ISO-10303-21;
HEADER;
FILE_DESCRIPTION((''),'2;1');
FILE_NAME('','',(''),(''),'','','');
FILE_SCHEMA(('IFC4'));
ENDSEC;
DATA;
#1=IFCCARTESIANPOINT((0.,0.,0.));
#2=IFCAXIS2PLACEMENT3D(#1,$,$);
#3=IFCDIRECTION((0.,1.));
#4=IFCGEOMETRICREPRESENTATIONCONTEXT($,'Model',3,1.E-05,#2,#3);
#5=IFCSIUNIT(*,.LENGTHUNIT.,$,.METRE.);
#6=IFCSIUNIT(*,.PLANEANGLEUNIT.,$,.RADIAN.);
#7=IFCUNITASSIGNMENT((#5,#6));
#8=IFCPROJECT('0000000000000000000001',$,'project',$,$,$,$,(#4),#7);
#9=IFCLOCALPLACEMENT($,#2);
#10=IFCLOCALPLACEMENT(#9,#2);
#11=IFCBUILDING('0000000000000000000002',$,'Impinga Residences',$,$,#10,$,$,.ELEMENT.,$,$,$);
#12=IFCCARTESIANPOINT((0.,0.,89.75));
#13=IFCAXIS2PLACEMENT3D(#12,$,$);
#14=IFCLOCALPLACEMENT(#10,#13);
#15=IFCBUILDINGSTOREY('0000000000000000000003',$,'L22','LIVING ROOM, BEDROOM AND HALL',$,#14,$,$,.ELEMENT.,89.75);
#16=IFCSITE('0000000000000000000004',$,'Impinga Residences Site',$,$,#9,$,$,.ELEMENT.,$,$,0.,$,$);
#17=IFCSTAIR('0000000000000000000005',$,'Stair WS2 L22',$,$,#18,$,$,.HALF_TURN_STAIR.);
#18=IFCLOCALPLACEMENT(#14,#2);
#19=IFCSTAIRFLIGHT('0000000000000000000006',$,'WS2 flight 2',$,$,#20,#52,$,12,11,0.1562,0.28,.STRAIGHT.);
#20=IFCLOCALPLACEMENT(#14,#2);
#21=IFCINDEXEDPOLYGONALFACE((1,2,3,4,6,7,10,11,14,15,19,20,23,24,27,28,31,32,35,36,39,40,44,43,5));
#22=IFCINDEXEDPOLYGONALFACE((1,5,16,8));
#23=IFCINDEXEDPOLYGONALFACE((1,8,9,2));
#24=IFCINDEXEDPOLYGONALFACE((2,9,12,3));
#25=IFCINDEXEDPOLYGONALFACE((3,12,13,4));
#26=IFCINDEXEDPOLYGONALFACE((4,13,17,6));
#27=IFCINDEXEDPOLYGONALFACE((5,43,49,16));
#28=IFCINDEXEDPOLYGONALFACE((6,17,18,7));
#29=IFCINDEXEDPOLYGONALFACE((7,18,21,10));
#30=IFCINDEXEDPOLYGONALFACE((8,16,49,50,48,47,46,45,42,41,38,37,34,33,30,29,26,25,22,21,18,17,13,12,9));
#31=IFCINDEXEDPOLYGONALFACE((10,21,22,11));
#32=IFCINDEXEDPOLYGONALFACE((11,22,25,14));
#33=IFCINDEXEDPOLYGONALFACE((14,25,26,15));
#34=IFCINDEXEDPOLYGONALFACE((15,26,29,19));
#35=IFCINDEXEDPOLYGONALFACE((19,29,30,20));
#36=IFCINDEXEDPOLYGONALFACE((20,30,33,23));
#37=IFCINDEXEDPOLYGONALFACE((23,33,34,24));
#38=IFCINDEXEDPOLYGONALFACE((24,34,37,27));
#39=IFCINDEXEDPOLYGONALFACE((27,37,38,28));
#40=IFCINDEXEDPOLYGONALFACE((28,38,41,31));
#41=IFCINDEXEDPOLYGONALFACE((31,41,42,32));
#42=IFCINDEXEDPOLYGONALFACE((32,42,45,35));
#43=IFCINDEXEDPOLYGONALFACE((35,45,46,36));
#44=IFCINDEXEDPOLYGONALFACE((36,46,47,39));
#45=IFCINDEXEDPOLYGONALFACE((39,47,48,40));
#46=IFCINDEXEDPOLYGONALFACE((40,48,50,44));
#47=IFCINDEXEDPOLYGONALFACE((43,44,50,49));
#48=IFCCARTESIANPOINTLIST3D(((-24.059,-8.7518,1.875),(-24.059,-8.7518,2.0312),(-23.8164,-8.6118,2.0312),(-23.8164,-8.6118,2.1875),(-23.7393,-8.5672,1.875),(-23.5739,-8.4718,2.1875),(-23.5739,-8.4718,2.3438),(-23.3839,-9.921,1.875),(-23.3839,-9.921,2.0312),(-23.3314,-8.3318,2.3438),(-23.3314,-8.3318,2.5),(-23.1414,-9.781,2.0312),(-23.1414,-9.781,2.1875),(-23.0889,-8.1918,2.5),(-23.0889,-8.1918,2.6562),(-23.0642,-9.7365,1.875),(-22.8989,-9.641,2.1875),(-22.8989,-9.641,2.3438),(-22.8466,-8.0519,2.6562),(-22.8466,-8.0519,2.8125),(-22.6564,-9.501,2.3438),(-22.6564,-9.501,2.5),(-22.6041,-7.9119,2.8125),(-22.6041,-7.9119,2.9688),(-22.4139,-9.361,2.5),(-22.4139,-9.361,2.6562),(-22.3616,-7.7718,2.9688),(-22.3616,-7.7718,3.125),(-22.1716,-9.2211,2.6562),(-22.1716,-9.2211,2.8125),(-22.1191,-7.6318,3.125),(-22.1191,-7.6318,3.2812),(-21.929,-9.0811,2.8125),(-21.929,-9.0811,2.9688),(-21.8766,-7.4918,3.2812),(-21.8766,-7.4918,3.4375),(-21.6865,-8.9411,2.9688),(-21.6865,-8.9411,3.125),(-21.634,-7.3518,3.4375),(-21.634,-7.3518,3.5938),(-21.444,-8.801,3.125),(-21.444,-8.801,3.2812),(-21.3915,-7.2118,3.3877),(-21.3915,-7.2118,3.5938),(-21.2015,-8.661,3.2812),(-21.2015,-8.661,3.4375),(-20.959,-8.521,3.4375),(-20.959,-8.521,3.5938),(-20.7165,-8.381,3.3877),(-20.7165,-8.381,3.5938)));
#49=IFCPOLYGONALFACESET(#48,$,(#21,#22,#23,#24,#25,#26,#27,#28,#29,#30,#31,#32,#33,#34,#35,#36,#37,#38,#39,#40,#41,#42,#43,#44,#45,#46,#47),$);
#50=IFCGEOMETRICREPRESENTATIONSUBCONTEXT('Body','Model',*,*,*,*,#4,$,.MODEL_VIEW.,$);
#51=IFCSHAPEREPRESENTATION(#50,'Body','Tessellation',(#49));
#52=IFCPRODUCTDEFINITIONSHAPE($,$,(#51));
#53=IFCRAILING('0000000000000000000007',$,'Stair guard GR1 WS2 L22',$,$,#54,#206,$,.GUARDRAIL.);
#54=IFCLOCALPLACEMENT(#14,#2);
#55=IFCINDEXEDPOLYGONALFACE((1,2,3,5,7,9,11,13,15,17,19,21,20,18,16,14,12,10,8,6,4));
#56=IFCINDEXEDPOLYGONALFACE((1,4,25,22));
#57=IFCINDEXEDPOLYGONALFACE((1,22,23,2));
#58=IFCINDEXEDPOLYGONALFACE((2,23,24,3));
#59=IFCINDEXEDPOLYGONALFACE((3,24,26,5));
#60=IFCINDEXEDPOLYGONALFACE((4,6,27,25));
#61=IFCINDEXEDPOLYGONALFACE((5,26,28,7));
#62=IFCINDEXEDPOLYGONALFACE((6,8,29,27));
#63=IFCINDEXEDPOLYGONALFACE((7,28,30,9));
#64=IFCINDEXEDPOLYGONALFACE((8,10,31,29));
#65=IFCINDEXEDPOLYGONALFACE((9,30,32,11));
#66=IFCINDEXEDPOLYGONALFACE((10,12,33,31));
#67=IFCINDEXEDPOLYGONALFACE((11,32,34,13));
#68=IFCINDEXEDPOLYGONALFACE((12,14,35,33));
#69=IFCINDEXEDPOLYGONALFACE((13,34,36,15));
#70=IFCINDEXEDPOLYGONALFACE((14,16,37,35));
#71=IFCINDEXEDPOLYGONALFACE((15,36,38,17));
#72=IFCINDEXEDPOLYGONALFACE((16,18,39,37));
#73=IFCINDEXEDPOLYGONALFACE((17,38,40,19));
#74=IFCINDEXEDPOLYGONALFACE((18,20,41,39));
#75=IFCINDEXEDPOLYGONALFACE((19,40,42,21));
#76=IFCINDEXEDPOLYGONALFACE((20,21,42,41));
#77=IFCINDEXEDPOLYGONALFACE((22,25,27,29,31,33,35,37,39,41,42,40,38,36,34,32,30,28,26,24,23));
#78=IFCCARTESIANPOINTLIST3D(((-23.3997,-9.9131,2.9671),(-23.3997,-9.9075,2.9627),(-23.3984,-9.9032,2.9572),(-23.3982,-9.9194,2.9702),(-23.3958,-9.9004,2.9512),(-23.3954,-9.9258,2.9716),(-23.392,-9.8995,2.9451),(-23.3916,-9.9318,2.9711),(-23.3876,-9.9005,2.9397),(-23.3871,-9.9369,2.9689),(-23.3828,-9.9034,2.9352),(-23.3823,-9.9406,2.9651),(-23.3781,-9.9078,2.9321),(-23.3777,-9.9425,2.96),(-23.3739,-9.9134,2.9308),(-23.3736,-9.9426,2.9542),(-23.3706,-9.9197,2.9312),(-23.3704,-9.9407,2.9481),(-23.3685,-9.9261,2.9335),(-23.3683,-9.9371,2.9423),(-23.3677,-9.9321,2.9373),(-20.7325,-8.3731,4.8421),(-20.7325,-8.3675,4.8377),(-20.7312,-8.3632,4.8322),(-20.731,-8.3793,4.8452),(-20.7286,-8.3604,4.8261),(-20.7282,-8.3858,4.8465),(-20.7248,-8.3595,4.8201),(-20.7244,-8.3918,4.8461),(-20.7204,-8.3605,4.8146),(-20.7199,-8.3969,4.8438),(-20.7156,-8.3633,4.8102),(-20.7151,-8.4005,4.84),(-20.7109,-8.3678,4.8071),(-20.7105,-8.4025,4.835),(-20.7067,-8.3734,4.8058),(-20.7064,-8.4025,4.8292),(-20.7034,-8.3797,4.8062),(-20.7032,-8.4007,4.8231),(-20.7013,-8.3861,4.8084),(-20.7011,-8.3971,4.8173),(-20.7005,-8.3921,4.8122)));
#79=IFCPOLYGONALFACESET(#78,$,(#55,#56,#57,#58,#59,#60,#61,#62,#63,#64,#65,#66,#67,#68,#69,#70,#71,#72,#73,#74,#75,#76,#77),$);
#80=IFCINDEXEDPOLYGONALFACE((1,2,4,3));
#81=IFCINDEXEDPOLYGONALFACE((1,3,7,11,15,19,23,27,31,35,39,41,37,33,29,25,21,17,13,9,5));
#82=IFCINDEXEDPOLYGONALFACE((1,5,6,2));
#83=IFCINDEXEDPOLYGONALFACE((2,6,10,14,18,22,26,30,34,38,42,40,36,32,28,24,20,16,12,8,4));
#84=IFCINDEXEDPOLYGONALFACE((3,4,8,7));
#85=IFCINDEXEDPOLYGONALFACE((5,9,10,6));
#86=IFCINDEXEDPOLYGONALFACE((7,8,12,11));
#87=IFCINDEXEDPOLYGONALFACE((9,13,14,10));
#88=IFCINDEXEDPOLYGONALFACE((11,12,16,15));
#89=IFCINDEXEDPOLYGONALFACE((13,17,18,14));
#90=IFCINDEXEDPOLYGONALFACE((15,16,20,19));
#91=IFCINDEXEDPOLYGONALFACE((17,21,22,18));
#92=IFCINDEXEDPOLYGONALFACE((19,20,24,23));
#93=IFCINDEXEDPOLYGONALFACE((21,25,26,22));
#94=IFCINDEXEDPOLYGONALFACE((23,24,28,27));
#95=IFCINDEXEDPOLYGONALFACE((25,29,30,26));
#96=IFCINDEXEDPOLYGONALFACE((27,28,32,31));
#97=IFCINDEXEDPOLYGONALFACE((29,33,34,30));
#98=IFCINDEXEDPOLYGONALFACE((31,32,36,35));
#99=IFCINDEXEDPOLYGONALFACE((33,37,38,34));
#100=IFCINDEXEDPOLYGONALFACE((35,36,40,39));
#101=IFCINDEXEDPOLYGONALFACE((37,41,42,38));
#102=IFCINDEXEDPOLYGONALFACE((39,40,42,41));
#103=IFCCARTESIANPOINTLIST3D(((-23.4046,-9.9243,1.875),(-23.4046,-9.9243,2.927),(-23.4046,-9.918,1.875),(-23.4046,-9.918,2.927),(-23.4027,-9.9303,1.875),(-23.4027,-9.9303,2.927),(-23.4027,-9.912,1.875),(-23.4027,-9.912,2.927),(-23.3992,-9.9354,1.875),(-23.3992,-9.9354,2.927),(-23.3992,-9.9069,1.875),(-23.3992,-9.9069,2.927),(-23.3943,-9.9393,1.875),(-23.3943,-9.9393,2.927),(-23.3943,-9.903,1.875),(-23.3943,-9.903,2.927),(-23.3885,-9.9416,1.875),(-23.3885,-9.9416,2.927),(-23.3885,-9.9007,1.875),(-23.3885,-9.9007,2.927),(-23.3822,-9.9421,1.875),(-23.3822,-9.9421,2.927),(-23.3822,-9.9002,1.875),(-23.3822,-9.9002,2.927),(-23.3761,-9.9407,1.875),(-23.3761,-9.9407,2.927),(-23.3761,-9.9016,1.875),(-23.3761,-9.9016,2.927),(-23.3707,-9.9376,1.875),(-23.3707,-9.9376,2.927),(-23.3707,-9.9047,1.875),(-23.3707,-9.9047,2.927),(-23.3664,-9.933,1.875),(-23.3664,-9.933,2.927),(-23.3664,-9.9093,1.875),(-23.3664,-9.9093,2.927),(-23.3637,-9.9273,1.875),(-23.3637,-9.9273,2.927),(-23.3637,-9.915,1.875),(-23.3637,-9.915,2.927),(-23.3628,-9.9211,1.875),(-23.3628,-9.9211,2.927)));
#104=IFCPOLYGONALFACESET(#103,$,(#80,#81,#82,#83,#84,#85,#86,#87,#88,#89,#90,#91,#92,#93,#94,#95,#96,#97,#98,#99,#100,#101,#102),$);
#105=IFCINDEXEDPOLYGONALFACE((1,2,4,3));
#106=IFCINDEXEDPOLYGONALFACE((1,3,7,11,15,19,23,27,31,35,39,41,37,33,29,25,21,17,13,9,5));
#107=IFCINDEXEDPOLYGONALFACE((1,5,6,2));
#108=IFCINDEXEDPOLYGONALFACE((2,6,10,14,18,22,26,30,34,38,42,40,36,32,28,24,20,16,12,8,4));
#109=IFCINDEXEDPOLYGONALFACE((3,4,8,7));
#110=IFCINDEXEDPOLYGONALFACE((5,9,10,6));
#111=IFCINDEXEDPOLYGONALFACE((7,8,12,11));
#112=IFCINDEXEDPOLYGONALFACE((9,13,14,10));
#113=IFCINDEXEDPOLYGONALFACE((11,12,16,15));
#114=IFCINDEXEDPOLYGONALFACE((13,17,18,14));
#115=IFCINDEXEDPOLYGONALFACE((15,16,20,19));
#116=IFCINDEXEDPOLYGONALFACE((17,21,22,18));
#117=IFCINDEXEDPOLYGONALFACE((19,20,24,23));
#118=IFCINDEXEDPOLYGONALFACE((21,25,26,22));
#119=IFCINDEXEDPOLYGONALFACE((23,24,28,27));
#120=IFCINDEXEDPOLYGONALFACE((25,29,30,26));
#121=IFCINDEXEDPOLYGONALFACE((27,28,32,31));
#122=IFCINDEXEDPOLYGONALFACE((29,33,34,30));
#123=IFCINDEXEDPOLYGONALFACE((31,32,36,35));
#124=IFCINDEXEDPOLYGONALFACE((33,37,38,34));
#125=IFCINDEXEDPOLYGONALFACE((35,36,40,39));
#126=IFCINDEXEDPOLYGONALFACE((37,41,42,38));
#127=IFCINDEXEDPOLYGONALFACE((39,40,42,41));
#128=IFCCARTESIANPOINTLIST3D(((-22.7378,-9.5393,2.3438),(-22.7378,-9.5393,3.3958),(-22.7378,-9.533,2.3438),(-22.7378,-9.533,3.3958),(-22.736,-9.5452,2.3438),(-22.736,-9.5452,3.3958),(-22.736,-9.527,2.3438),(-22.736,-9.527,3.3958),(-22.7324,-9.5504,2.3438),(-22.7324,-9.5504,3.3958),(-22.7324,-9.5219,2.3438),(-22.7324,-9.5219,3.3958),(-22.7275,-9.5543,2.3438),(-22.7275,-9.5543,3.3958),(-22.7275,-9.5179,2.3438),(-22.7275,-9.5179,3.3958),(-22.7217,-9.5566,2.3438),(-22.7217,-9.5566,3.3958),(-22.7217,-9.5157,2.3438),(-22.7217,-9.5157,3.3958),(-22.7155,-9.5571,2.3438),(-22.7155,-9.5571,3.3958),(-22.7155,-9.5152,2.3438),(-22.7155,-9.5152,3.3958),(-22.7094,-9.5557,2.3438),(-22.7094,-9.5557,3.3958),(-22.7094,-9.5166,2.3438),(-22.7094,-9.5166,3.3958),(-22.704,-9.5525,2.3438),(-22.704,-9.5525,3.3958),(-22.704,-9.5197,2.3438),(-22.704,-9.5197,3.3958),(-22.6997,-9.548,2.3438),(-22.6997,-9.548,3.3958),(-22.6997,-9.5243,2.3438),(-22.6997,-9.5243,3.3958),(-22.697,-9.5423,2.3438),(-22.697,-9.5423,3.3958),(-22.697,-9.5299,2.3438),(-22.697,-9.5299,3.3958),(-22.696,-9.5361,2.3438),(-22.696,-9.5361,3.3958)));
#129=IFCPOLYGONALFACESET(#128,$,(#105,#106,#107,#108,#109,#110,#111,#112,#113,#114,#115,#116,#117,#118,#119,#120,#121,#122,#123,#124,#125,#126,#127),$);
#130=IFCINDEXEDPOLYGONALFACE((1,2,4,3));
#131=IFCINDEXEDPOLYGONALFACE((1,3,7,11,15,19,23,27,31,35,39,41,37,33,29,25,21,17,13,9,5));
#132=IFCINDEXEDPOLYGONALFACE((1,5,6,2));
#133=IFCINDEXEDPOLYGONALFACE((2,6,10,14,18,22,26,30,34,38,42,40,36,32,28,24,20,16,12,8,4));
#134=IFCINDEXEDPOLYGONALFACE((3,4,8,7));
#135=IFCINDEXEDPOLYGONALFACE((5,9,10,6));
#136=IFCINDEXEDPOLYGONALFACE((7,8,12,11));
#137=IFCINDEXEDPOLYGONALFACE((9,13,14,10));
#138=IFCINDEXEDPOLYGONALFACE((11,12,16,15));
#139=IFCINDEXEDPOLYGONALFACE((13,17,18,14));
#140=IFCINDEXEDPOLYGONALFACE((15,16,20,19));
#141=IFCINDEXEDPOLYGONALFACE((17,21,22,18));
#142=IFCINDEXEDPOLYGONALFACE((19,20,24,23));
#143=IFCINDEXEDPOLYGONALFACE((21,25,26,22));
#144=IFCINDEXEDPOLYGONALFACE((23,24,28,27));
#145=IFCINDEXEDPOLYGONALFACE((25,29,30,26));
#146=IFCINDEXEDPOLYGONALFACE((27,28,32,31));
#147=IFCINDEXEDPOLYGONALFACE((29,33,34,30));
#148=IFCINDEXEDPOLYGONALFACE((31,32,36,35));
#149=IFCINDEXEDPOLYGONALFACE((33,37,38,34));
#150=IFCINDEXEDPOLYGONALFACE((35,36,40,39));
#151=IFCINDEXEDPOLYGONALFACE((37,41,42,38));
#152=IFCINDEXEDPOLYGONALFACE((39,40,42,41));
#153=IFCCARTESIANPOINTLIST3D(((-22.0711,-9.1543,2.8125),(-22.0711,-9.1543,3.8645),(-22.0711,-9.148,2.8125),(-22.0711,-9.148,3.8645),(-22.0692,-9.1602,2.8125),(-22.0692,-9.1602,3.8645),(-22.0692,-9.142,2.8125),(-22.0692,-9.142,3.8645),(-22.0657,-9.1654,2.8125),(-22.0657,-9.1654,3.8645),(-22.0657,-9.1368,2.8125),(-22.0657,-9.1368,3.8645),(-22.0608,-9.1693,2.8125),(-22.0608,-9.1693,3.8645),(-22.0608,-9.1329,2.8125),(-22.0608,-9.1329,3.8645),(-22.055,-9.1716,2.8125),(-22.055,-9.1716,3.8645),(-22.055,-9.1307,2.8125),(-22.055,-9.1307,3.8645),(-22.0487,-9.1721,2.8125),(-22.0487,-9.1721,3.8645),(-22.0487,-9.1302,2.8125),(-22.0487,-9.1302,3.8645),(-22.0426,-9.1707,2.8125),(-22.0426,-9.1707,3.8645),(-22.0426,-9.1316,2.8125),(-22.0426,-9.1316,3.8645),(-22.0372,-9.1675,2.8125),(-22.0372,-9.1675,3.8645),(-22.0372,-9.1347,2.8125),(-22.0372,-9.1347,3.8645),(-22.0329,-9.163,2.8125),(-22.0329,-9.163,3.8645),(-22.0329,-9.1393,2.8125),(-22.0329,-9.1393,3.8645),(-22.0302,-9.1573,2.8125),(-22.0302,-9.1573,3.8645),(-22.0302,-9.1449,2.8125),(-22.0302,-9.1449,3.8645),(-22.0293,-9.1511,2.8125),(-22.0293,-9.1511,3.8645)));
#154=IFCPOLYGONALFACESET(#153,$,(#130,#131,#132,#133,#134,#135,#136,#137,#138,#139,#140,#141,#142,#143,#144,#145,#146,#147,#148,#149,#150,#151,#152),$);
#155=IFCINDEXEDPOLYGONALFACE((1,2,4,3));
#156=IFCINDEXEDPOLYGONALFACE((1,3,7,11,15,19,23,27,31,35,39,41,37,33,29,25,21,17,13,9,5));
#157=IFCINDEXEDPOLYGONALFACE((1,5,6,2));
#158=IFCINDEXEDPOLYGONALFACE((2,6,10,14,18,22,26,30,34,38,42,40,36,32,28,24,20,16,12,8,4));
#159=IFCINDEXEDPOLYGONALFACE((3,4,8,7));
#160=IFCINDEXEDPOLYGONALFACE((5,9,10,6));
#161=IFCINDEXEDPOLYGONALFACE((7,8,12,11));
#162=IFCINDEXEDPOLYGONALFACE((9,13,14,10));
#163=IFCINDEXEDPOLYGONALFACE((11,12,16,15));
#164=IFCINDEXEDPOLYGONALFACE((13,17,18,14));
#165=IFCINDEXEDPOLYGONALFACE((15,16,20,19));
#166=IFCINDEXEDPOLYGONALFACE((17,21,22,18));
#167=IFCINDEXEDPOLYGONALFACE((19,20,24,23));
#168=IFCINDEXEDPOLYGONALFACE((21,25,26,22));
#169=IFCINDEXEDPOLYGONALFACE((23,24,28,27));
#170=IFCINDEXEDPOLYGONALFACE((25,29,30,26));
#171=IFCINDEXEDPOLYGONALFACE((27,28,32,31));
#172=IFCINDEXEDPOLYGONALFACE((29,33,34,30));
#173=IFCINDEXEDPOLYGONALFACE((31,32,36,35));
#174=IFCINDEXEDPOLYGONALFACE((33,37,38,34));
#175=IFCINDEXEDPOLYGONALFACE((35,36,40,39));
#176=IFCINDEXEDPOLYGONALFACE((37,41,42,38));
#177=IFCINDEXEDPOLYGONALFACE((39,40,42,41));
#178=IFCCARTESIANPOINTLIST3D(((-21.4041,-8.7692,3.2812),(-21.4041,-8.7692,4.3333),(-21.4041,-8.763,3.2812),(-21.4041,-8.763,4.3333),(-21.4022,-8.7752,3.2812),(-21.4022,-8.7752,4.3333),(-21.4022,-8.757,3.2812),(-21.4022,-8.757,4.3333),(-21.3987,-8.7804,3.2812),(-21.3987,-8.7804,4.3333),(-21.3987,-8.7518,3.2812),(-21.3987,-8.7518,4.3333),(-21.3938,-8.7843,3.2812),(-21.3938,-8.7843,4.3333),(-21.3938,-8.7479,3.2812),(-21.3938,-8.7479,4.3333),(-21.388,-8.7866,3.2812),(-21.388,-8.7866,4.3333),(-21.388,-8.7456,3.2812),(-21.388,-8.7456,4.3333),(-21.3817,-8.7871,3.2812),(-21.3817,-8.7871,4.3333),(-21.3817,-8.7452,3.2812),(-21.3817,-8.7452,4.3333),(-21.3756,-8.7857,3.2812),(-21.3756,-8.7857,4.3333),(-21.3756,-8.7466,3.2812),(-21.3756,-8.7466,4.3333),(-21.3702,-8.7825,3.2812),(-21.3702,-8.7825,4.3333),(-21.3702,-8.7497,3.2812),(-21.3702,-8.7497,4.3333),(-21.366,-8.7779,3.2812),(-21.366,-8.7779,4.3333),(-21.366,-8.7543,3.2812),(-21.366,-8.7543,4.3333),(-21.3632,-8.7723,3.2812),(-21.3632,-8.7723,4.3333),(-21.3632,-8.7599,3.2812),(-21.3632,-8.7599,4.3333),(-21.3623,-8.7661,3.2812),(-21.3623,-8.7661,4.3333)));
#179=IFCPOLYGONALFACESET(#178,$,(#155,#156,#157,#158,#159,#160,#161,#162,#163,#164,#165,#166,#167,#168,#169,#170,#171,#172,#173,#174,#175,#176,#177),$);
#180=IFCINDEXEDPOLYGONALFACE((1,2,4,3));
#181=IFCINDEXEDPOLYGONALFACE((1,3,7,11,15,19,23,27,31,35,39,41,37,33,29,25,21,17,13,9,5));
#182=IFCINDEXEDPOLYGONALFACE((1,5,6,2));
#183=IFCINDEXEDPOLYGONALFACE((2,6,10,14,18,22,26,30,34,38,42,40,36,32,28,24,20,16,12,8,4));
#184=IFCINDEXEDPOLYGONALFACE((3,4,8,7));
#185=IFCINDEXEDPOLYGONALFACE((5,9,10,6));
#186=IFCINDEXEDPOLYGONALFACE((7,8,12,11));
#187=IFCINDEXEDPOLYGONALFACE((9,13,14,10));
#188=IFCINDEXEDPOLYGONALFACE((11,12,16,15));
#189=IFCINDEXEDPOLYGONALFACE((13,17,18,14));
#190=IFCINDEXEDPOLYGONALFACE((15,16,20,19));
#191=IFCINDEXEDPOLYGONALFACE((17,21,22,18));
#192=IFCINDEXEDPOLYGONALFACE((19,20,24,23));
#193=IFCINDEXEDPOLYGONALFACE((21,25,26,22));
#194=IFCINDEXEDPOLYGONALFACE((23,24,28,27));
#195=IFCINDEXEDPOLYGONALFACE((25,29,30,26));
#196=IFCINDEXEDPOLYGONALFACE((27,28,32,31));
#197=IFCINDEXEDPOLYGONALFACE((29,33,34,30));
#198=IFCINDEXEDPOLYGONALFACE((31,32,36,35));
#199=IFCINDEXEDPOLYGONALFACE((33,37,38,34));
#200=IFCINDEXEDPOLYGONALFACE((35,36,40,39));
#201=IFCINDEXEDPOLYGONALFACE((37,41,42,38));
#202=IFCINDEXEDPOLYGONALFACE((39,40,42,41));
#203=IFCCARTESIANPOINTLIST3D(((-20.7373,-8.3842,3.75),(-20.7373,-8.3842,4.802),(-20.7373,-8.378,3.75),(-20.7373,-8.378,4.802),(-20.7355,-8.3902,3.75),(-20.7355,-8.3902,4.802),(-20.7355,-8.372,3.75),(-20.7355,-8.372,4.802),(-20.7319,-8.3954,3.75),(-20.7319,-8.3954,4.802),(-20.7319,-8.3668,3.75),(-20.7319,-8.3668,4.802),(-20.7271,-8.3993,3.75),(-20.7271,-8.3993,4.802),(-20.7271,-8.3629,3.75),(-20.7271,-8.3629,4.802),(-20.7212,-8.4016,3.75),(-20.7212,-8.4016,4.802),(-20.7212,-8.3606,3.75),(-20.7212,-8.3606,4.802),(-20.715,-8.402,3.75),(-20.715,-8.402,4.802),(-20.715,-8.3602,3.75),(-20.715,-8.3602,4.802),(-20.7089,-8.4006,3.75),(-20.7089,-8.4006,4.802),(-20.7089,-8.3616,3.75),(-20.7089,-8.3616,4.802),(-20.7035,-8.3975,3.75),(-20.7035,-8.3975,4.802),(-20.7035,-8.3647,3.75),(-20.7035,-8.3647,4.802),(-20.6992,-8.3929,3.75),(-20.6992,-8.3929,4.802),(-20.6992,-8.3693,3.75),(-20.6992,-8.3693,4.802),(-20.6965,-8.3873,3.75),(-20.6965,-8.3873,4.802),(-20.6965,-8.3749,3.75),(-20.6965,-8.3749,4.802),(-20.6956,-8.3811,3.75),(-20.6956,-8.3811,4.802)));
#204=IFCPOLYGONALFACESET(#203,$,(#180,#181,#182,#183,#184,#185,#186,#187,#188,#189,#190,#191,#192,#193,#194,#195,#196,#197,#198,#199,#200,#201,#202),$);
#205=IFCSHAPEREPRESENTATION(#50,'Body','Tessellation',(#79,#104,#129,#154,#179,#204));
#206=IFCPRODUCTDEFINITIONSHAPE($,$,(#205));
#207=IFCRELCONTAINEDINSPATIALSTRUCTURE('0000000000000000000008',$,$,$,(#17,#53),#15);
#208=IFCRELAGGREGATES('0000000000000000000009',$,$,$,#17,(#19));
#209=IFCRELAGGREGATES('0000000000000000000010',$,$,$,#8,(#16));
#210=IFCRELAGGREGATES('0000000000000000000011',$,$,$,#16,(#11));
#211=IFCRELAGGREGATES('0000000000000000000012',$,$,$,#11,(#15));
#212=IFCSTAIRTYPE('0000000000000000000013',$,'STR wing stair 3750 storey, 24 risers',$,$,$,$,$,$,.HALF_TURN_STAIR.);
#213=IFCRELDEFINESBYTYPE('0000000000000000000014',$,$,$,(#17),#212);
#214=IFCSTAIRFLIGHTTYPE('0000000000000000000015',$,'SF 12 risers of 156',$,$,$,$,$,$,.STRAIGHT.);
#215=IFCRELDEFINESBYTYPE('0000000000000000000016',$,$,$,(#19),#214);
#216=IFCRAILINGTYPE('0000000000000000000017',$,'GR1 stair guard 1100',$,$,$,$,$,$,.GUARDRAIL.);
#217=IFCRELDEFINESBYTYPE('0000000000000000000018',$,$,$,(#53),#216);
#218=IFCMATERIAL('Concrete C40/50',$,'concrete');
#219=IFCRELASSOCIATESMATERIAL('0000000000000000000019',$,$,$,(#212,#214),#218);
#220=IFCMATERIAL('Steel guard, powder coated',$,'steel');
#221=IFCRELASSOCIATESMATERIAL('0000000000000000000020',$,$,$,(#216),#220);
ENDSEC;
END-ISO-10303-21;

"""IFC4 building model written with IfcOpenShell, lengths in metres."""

from ifc_helpers import new_model, si_unit, direction, frame, origin, origin_2d, place, context, subcontext, project, spatial, polyline, circle, outline, extrude, material, type_object, element, aggregate, save


model = new_model("IFC4")

# Units and contexts
model_context = context("Model", 3, precision=1e-05, world=origin(), true_north=direction((0.0, 1.0)))
body_context = subcontext(model_context, "Body", "Model", "MODEL_VIEW")
ifc_project = project(units=[si_unit("LENGTHUNIT", "METRE"), si_unit("PLANEANGLEUNIT", "RADIAN")], contexts=[model_context])

# Site, building, storey
site_placement = place(None, origin())
site = spatial("IfcSite", under=ifc_project, at=site_placement, Name="Impinga Residences Site", CompositionType="ELEMENT", RefElevation=0.0)
building_placement = place(site_placement, origin())
building = spatial("IfcBuilding", under=site, at=building_placement, Name="Impinga Residences", CompositionType="ELEMENT")
storey_placement = place(building_placement, frame((0.0, 0.0, 89.75)))
storey = spatial("IfcBuildingStorey", under=building, at=storey_placement, Name="L22", Description="LIVING ROOM, BEDROOM AND HALL", CompositionType="ELEMENT", Elevation=89.75)

# Stair, stair flight
ifc_material_1 = material(Name="Concrete C40/50", Category="concrete")
stair_type = type_object("IfcStairType", Name="STR wing stair 3750 storey, 24 risers", PredefinedType="HALF_TURN_STAIR", material=ifc_material_1)
stair_placement = place(storey_placement, origin())
stair = element("IfcStair", 1, at=stair_placement, inside=storey, type_object=stair_type, Name="Stair WS2 L22", PredefinedType="HALF_TURN_STAIR")
stair_flight_type = type_object("IfcStairFlightType", Name="SF 12 risers of 156", PredefinedType="STRAIGHT", material=ifc_material_1)
stair_flight_1_placement = place(storey_placement, frame((-23.7214, -9.3364, 1.875), z_axis=(0.0, 0.0, 1.0), x_axis=(0.866025, 0.5, 0.0)))
stair_flight_1 = element("IfcStairFlight", 2, at=stair_flight_1_placement, type_object=stair_flight_type, Name="WS2 flight 2", NumberOfRisers=12, NumberOfTreads=11, PredefinedType="STRAIGHT", RiserHeight=0.1562, TreadLength=0.28, context=body_context, shape_type="SweptSolid", body=[
    extrude(outline(polyline([(0.0, 0.0), (0.0, 0.1562), (0.28, 0.1562), (0.28, 0.3125), (0.5601, 0.3125), (0.5601, 0.4688), (0.8401, 0.4688), (0.8401, 0.625), (1.1201, 0.625), (1.1201, 0.7812), (1.3999, 0.7812), (1.3999, 0.9375), (1.6799, 0.9375), (1.6799, 1.0938), (1.96, 1.0938), (1.96, 1.25), (2.24, 1.25), (2.24, 1.4062), (2.52, 1.4062), (2.52, 1.5625), (2.8, 1.5625), (2.8, 1.7188), (3.0801, 1.7188), (3.0801, 1.875), (3.0801, 1.5127), (0.3691, 0.0), (0.0, 0.0)])), frame((0.0, 0.675, 0.0), z_axis=(0.0, -1.0, 0.0), x_axis=(1.0, 0.0, 0.0)), (0.0, 0.0, 1.0), 1.3501),
])
aggregate(stair, [stair_flight_1])

# Railing
ifc_material_2 = material(Name="Steel guard, powder coated", Category="steel")
railing_type_1 = type_object("IfcRailingType", Name="GR1 stair guard 1100", PredefinedType="GUARDRAIL", material=ifc_material_2)
railing_1_placement = place(storey_placement, frame((-23.3838, -9.9211, 1.875)))
element("IfcRailing", 3, at=railing_1_placement, inside=storey, type_object=railing_type_1, Name="Stair guard GR1 WS2 L22", PredefinedType="GUARDRAIL", context=body_context, shape_type="SweptSolid", body=[
    extrude(circle(Radius=0.0239, at=origin_2d()), frame((0.0, 0.0, 1.0762), z_axis=(0.739716, 0.427105, 0.520002), x_axis=(-0.500027, 0.86601, 0.0)), (0.0, 0.0, 1.0), 3.6057),
    extrude(circle(Radius=0.021, at=origin_2d()), origin(), (0.0, 0.0, 1.0), 1.052),
    extrude(circle(Radius=0.021, at=origin_2d()), frame((0.6667, 0.385, 0.4688)), (0.0, 0.0, 1.0), 1.052),
    extrude(circle(Radius=0.021, at=origin_2d()), frame((1.3335, 0.77, 0.9375)), (0.0, 0.0, 1.0), 1.052),
    extrude(circle(Radius=0.021, at=origin_2d()), frame((2.0005, 1.155, 1.4062)), (0.0, 0.0, 1.0), 1.052),
    extrude(circle(Radius=0.021, at=origin_2d()), frame((2.6672, 1.54, 1.875)), (0.0, 0.0, 1.0), 1.052),
])

save(model, "model.ifc")
